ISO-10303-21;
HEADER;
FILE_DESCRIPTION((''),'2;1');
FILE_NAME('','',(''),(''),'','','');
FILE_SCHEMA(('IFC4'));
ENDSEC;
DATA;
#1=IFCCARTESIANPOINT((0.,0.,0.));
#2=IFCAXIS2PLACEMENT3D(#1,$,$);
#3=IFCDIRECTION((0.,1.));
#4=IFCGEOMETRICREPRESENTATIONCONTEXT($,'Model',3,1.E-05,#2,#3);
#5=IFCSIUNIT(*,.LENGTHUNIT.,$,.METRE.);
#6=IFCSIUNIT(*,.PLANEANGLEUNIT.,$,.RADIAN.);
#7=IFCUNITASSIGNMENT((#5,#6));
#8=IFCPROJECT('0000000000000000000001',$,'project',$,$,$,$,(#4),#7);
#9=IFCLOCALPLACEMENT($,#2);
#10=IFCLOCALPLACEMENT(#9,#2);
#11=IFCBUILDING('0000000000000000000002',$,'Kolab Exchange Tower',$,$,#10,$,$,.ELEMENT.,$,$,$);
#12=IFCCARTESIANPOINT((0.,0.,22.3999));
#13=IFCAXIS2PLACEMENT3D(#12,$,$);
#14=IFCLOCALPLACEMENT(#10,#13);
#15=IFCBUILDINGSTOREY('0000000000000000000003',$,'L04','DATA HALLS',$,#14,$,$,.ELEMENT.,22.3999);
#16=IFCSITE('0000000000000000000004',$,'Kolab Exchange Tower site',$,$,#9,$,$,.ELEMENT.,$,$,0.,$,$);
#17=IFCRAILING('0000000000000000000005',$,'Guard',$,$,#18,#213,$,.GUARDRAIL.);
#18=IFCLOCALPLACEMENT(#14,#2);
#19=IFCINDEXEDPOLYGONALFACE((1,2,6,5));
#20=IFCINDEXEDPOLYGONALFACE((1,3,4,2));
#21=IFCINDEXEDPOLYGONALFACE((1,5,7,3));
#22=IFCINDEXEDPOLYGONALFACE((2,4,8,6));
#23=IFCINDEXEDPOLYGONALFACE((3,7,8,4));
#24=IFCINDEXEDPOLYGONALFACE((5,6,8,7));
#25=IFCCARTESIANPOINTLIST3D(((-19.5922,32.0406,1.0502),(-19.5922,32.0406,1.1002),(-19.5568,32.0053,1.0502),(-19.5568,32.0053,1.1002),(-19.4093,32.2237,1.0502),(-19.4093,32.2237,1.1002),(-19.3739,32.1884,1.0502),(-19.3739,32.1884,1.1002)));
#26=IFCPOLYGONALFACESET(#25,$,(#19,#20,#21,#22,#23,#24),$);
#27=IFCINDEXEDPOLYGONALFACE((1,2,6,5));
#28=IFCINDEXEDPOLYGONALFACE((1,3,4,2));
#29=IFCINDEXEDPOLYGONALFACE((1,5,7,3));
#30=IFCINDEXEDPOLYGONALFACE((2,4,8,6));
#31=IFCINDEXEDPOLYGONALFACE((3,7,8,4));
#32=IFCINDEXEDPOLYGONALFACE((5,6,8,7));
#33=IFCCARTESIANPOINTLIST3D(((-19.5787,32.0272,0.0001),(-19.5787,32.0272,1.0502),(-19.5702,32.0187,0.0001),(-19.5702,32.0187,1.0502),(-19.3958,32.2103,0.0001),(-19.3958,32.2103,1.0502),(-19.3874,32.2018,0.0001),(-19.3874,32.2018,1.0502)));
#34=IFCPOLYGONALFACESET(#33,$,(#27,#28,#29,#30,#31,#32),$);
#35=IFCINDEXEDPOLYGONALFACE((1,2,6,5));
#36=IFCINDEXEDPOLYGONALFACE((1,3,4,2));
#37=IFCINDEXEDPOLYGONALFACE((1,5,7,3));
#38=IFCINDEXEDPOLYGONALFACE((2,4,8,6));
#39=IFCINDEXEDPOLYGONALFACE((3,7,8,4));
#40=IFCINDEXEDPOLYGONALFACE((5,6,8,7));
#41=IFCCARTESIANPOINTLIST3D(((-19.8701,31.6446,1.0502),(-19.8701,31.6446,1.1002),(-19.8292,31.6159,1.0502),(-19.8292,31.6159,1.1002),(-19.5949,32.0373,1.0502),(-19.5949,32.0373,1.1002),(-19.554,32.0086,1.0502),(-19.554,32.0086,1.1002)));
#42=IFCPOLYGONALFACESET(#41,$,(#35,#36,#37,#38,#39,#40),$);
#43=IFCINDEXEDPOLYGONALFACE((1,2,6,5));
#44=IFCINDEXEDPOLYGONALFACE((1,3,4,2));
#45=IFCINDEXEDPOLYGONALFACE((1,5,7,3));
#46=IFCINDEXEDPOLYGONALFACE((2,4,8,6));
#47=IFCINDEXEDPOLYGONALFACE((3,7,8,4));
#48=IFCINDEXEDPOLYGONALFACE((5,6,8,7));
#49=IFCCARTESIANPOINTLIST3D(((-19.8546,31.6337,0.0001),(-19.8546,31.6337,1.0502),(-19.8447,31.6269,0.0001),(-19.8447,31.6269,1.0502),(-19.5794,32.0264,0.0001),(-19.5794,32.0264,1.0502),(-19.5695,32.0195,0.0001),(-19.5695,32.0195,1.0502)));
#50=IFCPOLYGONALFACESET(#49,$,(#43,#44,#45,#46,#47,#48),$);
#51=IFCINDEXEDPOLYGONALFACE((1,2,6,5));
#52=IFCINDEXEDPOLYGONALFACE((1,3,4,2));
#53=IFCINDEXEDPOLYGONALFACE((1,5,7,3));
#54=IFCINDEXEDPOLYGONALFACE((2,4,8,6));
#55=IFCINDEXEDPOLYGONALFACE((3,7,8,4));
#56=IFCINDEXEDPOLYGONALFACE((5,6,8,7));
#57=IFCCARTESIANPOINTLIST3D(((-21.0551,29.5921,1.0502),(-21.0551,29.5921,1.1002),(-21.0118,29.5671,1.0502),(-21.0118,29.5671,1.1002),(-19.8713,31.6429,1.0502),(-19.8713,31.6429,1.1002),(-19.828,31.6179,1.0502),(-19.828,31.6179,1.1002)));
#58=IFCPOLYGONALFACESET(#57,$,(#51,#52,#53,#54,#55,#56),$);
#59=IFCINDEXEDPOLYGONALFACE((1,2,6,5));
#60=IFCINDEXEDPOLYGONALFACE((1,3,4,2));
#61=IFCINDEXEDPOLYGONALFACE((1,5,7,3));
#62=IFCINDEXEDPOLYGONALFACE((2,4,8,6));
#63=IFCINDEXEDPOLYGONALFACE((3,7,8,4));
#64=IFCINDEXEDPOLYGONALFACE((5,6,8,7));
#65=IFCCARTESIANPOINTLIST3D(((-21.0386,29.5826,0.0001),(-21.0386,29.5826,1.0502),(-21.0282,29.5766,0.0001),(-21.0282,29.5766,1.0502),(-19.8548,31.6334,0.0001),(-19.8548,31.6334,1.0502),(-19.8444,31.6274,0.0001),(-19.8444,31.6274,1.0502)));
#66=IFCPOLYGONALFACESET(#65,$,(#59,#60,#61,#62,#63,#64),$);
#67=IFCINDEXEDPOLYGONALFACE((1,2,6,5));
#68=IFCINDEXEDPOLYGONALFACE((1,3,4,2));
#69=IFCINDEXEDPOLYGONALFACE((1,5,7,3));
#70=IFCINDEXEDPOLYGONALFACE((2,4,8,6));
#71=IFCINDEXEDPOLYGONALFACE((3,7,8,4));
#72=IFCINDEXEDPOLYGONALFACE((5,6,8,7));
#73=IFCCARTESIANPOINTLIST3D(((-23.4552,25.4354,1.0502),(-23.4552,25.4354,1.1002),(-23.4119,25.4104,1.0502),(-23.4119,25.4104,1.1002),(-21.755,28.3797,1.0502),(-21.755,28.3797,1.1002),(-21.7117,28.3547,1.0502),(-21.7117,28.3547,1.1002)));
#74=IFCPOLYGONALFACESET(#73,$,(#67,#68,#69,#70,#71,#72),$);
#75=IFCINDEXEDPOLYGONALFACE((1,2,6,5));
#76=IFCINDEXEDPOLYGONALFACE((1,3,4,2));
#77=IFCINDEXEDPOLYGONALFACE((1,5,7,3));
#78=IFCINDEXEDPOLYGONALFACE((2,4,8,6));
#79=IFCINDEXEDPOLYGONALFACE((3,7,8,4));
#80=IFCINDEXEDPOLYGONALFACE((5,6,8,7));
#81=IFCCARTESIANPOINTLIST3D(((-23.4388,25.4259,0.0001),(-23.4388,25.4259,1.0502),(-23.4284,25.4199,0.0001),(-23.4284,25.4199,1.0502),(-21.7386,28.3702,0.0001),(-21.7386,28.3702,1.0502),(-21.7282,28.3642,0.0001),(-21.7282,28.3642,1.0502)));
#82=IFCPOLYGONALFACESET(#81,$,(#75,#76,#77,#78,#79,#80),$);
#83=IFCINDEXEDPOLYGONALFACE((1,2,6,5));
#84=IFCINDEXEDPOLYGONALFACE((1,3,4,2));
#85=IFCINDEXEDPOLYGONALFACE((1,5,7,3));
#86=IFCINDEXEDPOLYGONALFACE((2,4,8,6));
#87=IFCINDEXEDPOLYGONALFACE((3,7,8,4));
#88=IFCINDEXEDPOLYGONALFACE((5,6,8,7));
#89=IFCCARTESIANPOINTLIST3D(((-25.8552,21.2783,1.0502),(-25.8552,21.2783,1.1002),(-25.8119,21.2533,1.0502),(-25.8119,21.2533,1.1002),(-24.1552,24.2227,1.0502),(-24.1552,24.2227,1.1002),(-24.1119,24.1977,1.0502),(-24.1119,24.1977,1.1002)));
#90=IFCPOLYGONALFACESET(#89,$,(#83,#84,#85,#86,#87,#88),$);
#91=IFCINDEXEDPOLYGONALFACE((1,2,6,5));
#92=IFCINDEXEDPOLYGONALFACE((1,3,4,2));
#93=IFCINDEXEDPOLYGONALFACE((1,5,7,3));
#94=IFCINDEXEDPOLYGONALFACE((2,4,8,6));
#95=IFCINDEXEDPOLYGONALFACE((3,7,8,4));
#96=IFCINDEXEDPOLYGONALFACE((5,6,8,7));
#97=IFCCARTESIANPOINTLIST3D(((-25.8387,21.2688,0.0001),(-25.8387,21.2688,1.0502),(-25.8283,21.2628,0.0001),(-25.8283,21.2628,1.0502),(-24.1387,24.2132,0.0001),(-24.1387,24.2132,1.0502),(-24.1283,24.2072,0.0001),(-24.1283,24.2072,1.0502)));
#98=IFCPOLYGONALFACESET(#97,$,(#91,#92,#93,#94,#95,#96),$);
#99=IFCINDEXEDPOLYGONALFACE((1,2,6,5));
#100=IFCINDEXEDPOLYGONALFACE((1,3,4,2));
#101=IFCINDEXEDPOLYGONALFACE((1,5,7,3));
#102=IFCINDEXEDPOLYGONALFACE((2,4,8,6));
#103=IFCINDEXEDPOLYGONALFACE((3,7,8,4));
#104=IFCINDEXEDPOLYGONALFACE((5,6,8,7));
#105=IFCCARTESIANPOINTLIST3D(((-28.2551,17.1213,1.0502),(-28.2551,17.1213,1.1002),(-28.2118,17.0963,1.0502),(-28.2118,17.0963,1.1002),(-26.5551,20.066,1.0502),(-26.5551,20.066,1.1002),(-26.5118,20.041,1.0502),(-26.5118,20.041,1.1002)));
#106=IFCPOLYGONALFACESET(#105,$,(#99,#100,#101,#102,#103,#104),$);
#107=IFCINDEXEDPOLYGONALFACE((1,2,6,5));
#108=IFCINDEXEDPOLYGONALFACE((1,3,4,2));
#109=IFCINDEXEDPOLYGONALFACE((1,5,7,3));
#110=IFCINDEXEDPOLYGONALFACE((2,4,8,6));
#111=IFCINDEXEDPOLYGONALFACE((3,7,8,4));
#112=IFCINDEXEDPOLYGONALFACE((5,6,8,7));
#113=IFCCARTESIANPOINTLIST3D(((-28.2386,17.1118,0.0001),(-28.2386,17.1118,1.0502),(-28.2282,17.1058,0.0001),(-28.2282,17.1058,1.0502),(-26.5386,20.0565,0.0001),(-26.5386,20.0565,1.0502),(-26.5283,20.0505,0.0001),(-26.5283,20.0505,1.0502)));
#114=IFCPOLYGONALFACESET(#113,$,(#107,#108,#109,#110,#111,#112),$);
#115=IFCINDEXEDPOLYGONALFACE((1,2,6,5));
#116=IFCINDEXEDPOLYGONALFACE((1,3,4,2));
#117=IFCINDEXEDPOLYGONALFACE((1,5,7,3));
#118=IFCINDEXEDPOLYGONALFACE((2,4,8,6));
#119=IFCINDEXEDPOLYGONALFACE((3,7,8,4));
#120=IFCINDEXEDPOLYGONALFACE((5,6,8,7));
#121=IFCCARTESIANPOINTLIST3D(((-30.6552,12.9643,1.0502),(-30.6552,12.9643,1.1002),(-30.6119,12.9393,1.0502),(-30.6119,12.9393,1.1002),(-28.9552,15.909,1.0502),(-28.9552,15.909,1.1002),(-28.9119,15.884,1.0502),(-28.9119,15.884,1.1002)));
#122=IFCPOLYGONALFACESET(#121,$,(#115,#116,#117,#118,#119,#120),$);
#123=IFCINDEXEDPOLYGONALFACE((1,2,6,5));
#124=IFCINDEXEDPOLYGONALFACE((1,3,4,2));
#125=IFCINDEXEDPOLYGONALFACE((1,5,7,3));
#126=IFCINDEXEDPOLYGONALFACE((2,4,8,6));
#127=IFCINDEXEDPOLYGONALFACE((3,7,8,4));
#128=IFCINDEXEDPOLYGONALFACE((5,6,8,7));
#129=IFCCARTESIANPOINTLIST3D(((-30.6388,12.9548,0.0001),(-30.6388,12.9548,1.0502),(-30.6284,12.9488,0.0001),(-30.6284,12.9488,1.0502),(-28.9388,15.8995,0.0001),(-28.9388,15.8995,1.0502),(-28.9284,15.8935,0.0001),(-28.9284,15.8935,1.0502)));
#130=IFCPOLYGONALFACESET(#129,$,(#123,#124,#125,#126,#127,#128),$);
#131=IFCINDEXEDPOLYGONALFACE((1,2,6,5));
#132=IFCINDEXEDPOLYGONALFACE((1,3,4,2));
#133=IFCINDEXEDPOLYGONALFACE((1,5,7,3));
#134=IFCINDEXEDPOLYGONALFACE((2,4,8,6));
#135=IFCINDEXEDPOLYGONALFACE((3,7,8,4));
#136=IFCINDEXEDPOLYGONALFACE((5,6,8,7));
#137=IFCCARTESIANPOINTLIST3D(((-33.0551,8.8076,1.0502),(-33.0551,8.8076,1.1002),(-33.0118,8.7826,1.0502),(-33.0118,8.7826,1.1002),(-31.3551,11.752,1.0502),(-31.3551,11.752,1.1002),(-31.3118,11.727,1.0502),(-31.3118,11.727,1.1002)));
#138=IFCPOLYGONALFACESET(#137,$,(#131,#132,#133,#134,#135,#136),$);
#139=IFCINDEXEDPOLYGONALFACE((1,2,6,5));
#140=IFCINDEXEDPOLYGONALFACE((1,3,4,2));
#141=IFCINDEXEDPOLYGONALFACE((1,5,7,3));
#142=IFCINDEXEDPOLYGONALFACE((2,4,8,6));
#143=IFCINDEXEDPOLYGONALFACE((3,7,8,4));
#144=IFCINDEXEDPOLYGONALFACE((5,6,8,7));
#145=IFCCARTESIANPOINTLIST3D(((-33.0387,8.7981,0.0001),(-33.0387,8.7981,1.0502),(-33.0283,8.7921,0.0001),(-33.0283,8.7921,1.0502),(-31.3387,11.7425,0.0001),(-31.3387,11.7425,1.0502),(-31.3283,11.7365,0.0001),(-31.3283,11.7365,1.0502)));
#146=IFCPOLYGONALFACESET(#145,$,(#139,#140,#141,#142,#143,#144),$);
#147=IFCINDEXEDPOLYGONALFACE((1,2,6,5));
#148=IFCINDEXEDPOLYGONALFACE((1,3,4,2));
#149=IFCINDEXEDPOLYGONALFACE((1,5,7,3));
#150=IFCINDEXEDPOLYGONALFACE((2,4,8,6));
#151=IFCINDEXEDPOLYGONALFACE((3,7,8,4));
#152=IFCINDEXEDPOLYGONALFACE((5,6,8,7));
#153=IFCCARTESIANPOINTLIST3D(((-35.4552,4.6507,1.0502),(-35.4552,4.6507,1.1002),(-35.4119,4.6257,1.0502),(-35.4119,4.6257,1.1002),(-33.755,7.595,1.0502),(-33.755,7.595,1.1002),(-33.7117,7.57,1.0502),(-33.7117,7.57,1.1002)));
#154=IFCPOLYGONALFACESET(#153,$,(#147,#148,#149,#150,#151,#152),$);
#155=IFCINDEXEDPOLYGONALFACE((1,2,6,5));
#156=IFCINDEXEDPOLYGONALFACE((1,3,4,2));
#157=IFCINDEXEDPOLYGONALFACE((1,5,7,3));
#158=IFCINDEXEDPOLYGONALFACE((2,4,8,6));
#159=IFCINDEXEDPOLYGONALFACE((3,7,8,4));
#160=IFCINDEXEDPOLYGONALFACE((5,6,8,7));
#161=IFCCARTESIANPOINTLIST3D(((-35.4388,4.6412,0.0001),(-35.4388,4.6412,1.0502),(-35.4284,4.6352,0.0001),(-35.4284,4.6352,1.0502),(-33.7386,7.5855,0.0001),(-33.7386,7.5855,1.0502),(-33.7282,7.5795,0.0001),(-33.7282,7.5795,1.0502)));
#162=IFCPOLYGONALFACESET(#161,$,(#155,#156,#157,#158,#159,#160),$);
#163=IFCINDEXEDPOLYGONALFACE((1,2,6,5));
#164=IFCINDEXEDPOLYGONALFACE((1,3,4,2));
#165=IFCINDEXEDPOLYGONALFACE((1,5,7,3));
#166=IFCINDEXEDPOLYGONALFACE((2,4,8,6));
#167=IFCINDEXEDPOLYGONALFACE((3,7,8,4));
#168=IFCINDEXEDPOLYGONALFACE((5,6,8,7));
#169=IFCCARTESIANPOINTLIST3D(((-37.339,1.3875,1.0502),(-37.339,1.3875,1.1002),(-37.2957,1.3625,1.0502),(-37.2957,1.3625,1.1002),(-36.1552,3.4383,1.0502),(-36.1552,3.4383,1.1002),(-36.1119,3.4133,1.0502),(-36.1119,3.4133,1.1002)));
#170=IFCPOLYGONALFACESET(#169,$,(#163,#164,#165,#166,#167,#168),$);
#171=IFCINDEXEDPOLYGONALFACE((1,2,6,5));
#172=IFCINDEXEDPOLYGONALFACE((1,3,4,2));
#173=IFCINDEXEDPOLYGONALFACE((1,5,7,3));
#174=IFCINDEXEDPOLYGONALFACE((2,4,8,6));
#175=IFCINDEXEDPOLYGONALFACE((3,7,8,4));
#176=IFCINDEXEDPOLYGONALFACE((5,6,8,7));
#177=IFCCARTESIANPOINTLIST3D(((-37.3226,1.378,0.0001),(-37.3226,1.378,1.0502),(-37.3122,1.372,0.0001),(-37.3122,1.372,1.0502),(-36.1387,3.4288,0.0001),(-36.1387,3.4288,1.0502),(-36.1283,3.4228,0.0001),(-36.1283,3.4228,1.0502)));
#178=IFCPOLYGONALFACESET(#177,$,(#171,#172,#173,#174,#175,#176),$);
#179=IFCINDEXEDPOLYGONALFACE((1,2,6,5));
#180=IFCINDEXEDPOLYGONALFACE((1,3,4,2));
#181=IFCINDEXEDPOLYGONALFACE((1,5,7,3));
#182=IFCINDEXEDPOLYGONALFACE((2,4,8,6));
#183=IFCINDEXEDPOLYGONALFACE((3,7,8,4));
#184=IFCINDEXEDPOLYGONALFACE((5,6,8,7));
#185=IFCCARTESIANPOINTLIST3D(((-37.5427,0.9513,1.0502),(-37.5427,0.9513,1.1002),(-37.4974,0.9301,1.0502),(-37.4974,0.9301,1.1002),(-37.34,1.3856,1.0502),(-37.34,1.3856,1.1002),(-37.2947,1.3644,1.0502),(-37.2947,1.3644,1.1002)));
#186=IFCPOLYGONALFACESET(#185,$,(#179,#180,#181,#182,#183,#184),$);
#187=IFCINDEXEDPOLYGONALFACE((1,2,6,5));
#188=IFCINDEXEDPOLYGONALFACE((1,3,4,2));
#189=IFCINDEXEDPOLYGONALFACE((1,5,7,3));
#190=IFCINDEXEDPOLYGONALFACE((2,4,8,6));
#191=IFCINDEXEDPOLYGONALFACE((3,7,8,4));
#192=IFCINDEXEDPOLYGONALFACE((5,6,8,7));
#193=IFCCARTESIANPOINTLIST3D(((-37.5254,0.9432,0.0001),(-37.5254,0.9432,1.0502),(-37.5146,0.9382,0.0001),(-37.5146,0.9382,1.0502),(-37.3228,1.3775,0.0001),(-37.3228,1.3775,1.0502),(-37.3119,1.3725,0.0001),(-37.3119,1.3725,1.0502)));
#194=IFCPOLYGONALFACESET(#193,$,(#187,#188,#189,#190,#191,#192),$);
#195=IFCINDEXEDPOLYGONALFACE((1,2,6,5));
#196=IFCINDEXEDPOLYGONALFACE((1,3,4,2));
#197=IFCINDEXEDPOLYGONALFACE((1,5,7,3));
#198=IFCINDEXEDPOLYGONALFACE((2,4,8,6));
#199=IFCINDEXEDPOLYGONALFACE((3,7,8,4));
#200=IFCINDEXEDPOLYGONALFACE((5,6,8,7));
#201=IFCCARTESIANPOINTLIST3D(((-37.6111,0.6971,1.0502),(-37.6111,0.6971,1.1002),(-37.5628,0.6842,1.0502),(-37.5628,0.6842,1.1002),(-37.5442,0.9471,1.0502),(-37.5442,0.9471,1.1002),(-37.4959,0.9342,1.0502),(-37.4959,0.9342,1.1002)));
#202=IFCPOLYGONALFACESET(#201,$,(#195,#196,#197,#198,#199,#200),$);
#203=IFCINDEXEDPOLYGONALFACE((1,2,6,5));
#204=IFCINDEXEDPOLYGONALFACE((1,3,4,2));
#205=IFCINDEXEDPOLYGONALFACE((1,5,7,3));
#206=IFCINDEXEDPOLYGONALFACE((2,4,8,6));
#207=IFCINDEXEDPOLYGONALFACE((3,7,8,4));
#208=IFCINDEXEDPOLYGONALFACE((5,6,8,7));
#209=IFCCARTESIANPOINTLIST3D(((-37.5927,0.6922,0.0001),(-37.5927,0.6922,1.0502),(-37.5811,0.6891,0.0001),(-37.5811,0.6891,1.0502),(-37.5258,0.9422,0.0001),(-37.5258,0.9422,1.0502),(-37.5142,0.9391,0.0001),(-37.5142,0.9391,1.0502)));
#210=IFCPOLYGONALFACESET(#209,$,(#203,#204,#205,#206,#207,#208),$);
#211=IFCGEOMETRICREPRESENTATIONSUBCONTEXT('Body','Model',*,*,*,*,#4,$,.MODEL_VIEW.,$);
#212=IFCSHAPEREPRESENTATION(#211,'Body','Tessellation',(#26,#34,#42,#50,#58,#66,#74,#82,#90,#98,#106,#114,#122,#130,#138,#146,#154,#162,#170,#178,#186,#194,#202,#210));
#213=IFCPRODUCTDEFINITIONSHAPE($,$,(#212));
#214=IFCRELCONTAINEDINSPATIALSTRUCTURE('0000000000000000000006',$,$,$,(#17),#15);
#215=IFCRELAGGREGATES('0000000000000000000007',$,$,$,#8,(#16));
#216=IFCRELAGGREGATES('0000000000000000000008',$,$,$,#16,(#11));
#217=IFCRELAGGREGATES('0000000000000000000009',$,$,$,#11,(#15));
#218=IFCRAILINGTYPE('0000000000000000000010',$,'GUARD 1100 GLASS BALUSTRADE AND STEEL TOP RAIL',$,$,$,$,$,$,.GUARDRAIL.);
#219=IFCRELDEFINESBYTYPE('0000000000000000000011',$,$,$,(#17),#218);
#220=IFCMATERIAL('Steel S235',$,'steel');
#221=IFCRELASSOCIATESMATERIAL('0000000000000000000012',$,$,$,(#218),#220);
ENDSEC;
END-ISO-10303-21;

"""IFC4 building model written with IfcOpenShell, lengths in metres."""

from ifc_helpers import new_model, si_unit, direction, frame, frame_2d, origin, origin_2d, place, context, subcontext, project, spatial, rectangle, extrude, material, type_object, element, save


model = new_model("IFC4")

# Units and contexts
model_context = context("Model", 3, precision=1e-05, world=origin(), true_north=direction((0.0, 1.0)))
body_context = subcontext(model_context, "Body", "Model", "MODEL_VIEW")
ifc_project = project(units=[si_unit("LENGTHUNIT", "METRE"), si_unit("PLANEANGLEUNIT", "RADIAN")], contexts=[model_context])

# Site, building, storey
site_placement = place(None, origin())
site = spatial("IfcSite", under=ifc_project, at=site_placement, Name="Kolab Exchange Tower site", CompositionType="ELEMENT", RefElevation=0.0)
building_placement = place(site_placement, origin())
building = spatial("IfcBuilding", under=site, at=building_placement, Name="Kolab Exchange Tower", CompositionType="ELEMENT")
storey_placement = place(building_placement, frame((0.0, 0.0, 22.3999)))
storey = spatial("IfcBuildingStorey", under=building, at=storey_placement, Name="L04", Description="DATA HALLS", CompositionType="ELEMENT", Elevation=22.3999)

# Railing
ifc_material_1 = material(Name="Steel S235", Category="steel")
railing_type = type_object("IfcRailingType", Name="GUARD 1100 GLASS BALUSTRADE AND STEEL TOP RAIL", PredefinedType="GUARDRAIL", material=ifc_material_1)
railing_placement = place(storey_placement, frame((-19.3916, 32.2061, 0.0)))
element("IfcRailing", 1, at=railing_placement, inside=storey, type_object=railing_type, Name="Guard", PredefinedType="GUARDRAIL", context=body_context, shape_type="SweptSolid", body=[
    extrude(rectangle(XDim=0.05, YDim=0.05, at=origin_2d()), frame((0.0, 0.0, 1.0752), z_axis=(-0.706635, -0.707578, 0.0), x_axis=(0.707578, -0.706635, 0.0)), (0.0, 0.0, 1.0), 0.2588),
    extrude(rectangle(XDim=0.012, YDim=1.0501, at=frame_2d((0.0, 0.5251))), frame((0.0, 0.0, 0.0), z_axis=(-0.706635, -0.707578, 0.0), x_axis=(0.707578, -0.706635, 0.0)), (0.0, 0.0, 1.0), 0.2588),
    extrude(rectangle(XDim=0.05, YDim=0.05, at=origin_2d()), frame((-0.1829, -0.1831, 1.0752), z_axis=(-0.573941, -0.818897, 0.0), x_axis=(0.818897, -0.573941, 0.0)), (0.0, 0.0, 1.0), 0.4795),
    extrude(rectangle(XDim=0.012, YDim=1.0501, at=frame_2d((0.0, 0.5251))), frame((-0.1829, -0.1831, 0.0), z_axis=(-0.573941, -0.818897, 0.0), x_axis=(0.818897, -0.573941, 0.0)), (0.0, 0.0, 1.0), 0.4795),
    extrude(rectangle(XDim=0.05, YDim=0.05, at=origin_2d()), frame((-0.458, -0.5757, 1.0752), z_axis=(-0.499943, -0.866059, 0.0), x_axis=(0.866059, -0.499943, 0.0)), (0.0, 0.0, 1.0), 2.3679),
    extrude(rectangle(XDim=0.012, YDim=1.0501, at=frame_2d((0.0, 0.5251))), frame((-0.458, -0.5757, 0.0), z_axis=(-0.499943, -0.866059, 0.0), x_axis=(0.866059, -0.499943, 0.0)), (0.0, 0.0, 1.0), 2.3679),
    extrude(rectangle(XDim=0.05, YDim=0.05, at=origin_2d()), frame((-2.3418, -3.8389, 1.0752), z_axis=(-0.500062, -0.865989, 0.0), x_axis=(0.865989, -0.500062, 0.0)), (0.0, 0.0, 1.0), 3.3999),
    extrude(rectangle(XDim=0.012, YDim=1.0501, at=frame_2d((0.0, 0.5251))), frame((-2.3418, -3.8389, 0.0), z_axis=(-0.500062, -0.865989, 0.0), x_axis=(0.865989, -0.500062, 0.0)), (0.0, 0.0, 1.0), 3.3999),
    extrude(rectangle(XDim=0.05, YDim=0.05, at=origin_2d()), frame((-4.7419, -7.9958, 1.0752), z_axis=(-0.500008, -0.866021, 0.0), x_axis=(0.866021, -0.500008, 0.0)), (0.0, 0.0, 1.0), 3.3999),
    extrude(rectangle(XDim=0.012, YDim=1.0501, at=frame_2d((0.0, 0.5251))), frame((-4.7419, -7.9958, 0.0), z_axis=(-0.500008, -0.866021, 0.0), x_axis=(0.866021, -0.500008, 0.0)), (0.0, 0.0, 1.0), 3.3999),
    extrude(rectangle(XDim=0.05, YDim=0.05, at=origin_2d()), frame((-7.1418, -12.1526, 1.0752), z_axis=(-0.499977, -0.866039, 0.0), x_axis=(0.866039, -0.499977, 0.0)), (0.0, 0.0, 1.0), 3.4001),
    extrude(rectangle(XDim=0.012, YDim=1.0501, at=frame_2d((0.0, 0.5251))), frame((-7.1418, -12.1526, 0.0), z_axis=(-0.499977, -0.866039, 0.0), x_axis=(0.866039, -0.499977, 0.0)), (0.0, 0.0, 1.0), 3.4001),
    extrude(rectangle(XDim=0.05, YDim=0.05, at=origin_2d()), frame((-9.542, -16.3096, 1.0752), z_axis=(-0.499977, -0.866039, 0.0), x_axis=(0.866039, -0.499977, 0.0)), (0.0, 0.0, 1.0), 3.4001),
    extrude(rectangle(XDim=0.012, YDim=1.0501, at=frame_2d((0.0, 0.5251))), frame((-9.542, -16.3096, 0.0), z_axis=(-0.499977, -0.866039, 0.0), x_axis=(0.866039, -0.499977, 0.0)), (0.0, 0.0, 1.0), 3.4001),
    extrude(rectangle(XDim=0.05, YDim=0.05, at=origin_2d()), frame((-11.9419, -20.4666, 1.0752), z_axis=(-0.500008, -0.866021, 0.0), x_axis=(0.866021, -0.500008, 0.0)), (0.0, 0.0, 1.0), 3.3999),
    extrude(rectangle(XDim=0.012, YDim=1.0501, at=frame_2d((0.0, 0.5251))), frame((-11.9419, -20.4666, 0.0), z_axis=(-0.500008, -0.866021, 0.0), x_axis=(0.866021, -0.500008, 0.0)), (0.0, 0.0, 1.0), 3.3999),
    extrude(rectangle(XDim=0.05, YDim=0.05, at=origin_2d()), frame((-14.3418, -24.6235, 1.0752), z_axis=(-0.500062, -0.865989, 0.0), x_axis=(0.865989, -0.500062, 0.0)), (0.0, 0.0, 1.0), 3.3999),
    extrude(rectangle(XDim=0.012, YDim=1.0501, at=frame_2d((0.0, 0.5251))), frame((-14.3418, -24.6235, 0.0), z_axis=(-0.500062, -0.865989, 0.0), x_axis=(0.865989, -0.500062, 0.0)), (0.0, 0.0, 1.0), 3.3999),
    extrude(rectangle(XDim=0.05, YDim=0.05, at=origin_2d()), frame((-16.7419, -28.7803, 1.0752), z_axis=(-0.499943, -0.866059, 0.0), x_axis=(0.866059, -0.499943, 0.0)), (0.0, 0.0, 1.0), 2.3679),
    extrude(rectangle(XDim=0.012, YDim=1.0501, at=frame_2d((0.0, 0.5251))), frame((-16.7419, -28.7803, 0.0), z_axis=(-0.499943, -0.866059, 0.0), x_axis=(0.866059, -0.499943, 0.0)), (0.0, 0.0, 1.0), 2.3679),
    extrude(rectangle(XDim=0.05, YDim=0.05, at=origin_2d()), frame((-17.9258, -30.8311, 1.0752), z_axis=(-0.422802, -0.906222, 0.0), x_axis=(0.906222, -0.422802, 0.0)), (0.0, 0.0, 1.0), 0.4792),
    extrude(rectangle(XDim=0.012, YDim=1.0501, at=frame_2d((0.0, 0.5251))), frame((-17.9258, -30.8311, 0.0), z_axis=(-0.422802, -0.906222, 0.0), x_axis=(0.906222, -0.422802, 0.0)), (0.0, 0.0, 1.0), 0.4792),
    extrude(rectangle(XDim=0.05, YDim=0.05, at=origin_2d()), frame((-18.1284, -31.2654, 1.0752), z_axis=(-0.258485, -0.966015, 0.0), x_axis=(0.966015, -0.258485, 0.0)), (0.0, 0.0, 1.0), 0.2588),
    extrude(rectangle(XDim=0.012, YDim=1.0501, at=frame_2d((0.0, 0.5251))), frame((-18.1284, -31.2654, 0.0), z_axis=(-0.258485, -0.966015, 0.0), x_axis=(0.966015, -0.258485, 0.0)), (0.0, 0.0, 1.0), 0.2588),
])

save(model, "model.ifc")
